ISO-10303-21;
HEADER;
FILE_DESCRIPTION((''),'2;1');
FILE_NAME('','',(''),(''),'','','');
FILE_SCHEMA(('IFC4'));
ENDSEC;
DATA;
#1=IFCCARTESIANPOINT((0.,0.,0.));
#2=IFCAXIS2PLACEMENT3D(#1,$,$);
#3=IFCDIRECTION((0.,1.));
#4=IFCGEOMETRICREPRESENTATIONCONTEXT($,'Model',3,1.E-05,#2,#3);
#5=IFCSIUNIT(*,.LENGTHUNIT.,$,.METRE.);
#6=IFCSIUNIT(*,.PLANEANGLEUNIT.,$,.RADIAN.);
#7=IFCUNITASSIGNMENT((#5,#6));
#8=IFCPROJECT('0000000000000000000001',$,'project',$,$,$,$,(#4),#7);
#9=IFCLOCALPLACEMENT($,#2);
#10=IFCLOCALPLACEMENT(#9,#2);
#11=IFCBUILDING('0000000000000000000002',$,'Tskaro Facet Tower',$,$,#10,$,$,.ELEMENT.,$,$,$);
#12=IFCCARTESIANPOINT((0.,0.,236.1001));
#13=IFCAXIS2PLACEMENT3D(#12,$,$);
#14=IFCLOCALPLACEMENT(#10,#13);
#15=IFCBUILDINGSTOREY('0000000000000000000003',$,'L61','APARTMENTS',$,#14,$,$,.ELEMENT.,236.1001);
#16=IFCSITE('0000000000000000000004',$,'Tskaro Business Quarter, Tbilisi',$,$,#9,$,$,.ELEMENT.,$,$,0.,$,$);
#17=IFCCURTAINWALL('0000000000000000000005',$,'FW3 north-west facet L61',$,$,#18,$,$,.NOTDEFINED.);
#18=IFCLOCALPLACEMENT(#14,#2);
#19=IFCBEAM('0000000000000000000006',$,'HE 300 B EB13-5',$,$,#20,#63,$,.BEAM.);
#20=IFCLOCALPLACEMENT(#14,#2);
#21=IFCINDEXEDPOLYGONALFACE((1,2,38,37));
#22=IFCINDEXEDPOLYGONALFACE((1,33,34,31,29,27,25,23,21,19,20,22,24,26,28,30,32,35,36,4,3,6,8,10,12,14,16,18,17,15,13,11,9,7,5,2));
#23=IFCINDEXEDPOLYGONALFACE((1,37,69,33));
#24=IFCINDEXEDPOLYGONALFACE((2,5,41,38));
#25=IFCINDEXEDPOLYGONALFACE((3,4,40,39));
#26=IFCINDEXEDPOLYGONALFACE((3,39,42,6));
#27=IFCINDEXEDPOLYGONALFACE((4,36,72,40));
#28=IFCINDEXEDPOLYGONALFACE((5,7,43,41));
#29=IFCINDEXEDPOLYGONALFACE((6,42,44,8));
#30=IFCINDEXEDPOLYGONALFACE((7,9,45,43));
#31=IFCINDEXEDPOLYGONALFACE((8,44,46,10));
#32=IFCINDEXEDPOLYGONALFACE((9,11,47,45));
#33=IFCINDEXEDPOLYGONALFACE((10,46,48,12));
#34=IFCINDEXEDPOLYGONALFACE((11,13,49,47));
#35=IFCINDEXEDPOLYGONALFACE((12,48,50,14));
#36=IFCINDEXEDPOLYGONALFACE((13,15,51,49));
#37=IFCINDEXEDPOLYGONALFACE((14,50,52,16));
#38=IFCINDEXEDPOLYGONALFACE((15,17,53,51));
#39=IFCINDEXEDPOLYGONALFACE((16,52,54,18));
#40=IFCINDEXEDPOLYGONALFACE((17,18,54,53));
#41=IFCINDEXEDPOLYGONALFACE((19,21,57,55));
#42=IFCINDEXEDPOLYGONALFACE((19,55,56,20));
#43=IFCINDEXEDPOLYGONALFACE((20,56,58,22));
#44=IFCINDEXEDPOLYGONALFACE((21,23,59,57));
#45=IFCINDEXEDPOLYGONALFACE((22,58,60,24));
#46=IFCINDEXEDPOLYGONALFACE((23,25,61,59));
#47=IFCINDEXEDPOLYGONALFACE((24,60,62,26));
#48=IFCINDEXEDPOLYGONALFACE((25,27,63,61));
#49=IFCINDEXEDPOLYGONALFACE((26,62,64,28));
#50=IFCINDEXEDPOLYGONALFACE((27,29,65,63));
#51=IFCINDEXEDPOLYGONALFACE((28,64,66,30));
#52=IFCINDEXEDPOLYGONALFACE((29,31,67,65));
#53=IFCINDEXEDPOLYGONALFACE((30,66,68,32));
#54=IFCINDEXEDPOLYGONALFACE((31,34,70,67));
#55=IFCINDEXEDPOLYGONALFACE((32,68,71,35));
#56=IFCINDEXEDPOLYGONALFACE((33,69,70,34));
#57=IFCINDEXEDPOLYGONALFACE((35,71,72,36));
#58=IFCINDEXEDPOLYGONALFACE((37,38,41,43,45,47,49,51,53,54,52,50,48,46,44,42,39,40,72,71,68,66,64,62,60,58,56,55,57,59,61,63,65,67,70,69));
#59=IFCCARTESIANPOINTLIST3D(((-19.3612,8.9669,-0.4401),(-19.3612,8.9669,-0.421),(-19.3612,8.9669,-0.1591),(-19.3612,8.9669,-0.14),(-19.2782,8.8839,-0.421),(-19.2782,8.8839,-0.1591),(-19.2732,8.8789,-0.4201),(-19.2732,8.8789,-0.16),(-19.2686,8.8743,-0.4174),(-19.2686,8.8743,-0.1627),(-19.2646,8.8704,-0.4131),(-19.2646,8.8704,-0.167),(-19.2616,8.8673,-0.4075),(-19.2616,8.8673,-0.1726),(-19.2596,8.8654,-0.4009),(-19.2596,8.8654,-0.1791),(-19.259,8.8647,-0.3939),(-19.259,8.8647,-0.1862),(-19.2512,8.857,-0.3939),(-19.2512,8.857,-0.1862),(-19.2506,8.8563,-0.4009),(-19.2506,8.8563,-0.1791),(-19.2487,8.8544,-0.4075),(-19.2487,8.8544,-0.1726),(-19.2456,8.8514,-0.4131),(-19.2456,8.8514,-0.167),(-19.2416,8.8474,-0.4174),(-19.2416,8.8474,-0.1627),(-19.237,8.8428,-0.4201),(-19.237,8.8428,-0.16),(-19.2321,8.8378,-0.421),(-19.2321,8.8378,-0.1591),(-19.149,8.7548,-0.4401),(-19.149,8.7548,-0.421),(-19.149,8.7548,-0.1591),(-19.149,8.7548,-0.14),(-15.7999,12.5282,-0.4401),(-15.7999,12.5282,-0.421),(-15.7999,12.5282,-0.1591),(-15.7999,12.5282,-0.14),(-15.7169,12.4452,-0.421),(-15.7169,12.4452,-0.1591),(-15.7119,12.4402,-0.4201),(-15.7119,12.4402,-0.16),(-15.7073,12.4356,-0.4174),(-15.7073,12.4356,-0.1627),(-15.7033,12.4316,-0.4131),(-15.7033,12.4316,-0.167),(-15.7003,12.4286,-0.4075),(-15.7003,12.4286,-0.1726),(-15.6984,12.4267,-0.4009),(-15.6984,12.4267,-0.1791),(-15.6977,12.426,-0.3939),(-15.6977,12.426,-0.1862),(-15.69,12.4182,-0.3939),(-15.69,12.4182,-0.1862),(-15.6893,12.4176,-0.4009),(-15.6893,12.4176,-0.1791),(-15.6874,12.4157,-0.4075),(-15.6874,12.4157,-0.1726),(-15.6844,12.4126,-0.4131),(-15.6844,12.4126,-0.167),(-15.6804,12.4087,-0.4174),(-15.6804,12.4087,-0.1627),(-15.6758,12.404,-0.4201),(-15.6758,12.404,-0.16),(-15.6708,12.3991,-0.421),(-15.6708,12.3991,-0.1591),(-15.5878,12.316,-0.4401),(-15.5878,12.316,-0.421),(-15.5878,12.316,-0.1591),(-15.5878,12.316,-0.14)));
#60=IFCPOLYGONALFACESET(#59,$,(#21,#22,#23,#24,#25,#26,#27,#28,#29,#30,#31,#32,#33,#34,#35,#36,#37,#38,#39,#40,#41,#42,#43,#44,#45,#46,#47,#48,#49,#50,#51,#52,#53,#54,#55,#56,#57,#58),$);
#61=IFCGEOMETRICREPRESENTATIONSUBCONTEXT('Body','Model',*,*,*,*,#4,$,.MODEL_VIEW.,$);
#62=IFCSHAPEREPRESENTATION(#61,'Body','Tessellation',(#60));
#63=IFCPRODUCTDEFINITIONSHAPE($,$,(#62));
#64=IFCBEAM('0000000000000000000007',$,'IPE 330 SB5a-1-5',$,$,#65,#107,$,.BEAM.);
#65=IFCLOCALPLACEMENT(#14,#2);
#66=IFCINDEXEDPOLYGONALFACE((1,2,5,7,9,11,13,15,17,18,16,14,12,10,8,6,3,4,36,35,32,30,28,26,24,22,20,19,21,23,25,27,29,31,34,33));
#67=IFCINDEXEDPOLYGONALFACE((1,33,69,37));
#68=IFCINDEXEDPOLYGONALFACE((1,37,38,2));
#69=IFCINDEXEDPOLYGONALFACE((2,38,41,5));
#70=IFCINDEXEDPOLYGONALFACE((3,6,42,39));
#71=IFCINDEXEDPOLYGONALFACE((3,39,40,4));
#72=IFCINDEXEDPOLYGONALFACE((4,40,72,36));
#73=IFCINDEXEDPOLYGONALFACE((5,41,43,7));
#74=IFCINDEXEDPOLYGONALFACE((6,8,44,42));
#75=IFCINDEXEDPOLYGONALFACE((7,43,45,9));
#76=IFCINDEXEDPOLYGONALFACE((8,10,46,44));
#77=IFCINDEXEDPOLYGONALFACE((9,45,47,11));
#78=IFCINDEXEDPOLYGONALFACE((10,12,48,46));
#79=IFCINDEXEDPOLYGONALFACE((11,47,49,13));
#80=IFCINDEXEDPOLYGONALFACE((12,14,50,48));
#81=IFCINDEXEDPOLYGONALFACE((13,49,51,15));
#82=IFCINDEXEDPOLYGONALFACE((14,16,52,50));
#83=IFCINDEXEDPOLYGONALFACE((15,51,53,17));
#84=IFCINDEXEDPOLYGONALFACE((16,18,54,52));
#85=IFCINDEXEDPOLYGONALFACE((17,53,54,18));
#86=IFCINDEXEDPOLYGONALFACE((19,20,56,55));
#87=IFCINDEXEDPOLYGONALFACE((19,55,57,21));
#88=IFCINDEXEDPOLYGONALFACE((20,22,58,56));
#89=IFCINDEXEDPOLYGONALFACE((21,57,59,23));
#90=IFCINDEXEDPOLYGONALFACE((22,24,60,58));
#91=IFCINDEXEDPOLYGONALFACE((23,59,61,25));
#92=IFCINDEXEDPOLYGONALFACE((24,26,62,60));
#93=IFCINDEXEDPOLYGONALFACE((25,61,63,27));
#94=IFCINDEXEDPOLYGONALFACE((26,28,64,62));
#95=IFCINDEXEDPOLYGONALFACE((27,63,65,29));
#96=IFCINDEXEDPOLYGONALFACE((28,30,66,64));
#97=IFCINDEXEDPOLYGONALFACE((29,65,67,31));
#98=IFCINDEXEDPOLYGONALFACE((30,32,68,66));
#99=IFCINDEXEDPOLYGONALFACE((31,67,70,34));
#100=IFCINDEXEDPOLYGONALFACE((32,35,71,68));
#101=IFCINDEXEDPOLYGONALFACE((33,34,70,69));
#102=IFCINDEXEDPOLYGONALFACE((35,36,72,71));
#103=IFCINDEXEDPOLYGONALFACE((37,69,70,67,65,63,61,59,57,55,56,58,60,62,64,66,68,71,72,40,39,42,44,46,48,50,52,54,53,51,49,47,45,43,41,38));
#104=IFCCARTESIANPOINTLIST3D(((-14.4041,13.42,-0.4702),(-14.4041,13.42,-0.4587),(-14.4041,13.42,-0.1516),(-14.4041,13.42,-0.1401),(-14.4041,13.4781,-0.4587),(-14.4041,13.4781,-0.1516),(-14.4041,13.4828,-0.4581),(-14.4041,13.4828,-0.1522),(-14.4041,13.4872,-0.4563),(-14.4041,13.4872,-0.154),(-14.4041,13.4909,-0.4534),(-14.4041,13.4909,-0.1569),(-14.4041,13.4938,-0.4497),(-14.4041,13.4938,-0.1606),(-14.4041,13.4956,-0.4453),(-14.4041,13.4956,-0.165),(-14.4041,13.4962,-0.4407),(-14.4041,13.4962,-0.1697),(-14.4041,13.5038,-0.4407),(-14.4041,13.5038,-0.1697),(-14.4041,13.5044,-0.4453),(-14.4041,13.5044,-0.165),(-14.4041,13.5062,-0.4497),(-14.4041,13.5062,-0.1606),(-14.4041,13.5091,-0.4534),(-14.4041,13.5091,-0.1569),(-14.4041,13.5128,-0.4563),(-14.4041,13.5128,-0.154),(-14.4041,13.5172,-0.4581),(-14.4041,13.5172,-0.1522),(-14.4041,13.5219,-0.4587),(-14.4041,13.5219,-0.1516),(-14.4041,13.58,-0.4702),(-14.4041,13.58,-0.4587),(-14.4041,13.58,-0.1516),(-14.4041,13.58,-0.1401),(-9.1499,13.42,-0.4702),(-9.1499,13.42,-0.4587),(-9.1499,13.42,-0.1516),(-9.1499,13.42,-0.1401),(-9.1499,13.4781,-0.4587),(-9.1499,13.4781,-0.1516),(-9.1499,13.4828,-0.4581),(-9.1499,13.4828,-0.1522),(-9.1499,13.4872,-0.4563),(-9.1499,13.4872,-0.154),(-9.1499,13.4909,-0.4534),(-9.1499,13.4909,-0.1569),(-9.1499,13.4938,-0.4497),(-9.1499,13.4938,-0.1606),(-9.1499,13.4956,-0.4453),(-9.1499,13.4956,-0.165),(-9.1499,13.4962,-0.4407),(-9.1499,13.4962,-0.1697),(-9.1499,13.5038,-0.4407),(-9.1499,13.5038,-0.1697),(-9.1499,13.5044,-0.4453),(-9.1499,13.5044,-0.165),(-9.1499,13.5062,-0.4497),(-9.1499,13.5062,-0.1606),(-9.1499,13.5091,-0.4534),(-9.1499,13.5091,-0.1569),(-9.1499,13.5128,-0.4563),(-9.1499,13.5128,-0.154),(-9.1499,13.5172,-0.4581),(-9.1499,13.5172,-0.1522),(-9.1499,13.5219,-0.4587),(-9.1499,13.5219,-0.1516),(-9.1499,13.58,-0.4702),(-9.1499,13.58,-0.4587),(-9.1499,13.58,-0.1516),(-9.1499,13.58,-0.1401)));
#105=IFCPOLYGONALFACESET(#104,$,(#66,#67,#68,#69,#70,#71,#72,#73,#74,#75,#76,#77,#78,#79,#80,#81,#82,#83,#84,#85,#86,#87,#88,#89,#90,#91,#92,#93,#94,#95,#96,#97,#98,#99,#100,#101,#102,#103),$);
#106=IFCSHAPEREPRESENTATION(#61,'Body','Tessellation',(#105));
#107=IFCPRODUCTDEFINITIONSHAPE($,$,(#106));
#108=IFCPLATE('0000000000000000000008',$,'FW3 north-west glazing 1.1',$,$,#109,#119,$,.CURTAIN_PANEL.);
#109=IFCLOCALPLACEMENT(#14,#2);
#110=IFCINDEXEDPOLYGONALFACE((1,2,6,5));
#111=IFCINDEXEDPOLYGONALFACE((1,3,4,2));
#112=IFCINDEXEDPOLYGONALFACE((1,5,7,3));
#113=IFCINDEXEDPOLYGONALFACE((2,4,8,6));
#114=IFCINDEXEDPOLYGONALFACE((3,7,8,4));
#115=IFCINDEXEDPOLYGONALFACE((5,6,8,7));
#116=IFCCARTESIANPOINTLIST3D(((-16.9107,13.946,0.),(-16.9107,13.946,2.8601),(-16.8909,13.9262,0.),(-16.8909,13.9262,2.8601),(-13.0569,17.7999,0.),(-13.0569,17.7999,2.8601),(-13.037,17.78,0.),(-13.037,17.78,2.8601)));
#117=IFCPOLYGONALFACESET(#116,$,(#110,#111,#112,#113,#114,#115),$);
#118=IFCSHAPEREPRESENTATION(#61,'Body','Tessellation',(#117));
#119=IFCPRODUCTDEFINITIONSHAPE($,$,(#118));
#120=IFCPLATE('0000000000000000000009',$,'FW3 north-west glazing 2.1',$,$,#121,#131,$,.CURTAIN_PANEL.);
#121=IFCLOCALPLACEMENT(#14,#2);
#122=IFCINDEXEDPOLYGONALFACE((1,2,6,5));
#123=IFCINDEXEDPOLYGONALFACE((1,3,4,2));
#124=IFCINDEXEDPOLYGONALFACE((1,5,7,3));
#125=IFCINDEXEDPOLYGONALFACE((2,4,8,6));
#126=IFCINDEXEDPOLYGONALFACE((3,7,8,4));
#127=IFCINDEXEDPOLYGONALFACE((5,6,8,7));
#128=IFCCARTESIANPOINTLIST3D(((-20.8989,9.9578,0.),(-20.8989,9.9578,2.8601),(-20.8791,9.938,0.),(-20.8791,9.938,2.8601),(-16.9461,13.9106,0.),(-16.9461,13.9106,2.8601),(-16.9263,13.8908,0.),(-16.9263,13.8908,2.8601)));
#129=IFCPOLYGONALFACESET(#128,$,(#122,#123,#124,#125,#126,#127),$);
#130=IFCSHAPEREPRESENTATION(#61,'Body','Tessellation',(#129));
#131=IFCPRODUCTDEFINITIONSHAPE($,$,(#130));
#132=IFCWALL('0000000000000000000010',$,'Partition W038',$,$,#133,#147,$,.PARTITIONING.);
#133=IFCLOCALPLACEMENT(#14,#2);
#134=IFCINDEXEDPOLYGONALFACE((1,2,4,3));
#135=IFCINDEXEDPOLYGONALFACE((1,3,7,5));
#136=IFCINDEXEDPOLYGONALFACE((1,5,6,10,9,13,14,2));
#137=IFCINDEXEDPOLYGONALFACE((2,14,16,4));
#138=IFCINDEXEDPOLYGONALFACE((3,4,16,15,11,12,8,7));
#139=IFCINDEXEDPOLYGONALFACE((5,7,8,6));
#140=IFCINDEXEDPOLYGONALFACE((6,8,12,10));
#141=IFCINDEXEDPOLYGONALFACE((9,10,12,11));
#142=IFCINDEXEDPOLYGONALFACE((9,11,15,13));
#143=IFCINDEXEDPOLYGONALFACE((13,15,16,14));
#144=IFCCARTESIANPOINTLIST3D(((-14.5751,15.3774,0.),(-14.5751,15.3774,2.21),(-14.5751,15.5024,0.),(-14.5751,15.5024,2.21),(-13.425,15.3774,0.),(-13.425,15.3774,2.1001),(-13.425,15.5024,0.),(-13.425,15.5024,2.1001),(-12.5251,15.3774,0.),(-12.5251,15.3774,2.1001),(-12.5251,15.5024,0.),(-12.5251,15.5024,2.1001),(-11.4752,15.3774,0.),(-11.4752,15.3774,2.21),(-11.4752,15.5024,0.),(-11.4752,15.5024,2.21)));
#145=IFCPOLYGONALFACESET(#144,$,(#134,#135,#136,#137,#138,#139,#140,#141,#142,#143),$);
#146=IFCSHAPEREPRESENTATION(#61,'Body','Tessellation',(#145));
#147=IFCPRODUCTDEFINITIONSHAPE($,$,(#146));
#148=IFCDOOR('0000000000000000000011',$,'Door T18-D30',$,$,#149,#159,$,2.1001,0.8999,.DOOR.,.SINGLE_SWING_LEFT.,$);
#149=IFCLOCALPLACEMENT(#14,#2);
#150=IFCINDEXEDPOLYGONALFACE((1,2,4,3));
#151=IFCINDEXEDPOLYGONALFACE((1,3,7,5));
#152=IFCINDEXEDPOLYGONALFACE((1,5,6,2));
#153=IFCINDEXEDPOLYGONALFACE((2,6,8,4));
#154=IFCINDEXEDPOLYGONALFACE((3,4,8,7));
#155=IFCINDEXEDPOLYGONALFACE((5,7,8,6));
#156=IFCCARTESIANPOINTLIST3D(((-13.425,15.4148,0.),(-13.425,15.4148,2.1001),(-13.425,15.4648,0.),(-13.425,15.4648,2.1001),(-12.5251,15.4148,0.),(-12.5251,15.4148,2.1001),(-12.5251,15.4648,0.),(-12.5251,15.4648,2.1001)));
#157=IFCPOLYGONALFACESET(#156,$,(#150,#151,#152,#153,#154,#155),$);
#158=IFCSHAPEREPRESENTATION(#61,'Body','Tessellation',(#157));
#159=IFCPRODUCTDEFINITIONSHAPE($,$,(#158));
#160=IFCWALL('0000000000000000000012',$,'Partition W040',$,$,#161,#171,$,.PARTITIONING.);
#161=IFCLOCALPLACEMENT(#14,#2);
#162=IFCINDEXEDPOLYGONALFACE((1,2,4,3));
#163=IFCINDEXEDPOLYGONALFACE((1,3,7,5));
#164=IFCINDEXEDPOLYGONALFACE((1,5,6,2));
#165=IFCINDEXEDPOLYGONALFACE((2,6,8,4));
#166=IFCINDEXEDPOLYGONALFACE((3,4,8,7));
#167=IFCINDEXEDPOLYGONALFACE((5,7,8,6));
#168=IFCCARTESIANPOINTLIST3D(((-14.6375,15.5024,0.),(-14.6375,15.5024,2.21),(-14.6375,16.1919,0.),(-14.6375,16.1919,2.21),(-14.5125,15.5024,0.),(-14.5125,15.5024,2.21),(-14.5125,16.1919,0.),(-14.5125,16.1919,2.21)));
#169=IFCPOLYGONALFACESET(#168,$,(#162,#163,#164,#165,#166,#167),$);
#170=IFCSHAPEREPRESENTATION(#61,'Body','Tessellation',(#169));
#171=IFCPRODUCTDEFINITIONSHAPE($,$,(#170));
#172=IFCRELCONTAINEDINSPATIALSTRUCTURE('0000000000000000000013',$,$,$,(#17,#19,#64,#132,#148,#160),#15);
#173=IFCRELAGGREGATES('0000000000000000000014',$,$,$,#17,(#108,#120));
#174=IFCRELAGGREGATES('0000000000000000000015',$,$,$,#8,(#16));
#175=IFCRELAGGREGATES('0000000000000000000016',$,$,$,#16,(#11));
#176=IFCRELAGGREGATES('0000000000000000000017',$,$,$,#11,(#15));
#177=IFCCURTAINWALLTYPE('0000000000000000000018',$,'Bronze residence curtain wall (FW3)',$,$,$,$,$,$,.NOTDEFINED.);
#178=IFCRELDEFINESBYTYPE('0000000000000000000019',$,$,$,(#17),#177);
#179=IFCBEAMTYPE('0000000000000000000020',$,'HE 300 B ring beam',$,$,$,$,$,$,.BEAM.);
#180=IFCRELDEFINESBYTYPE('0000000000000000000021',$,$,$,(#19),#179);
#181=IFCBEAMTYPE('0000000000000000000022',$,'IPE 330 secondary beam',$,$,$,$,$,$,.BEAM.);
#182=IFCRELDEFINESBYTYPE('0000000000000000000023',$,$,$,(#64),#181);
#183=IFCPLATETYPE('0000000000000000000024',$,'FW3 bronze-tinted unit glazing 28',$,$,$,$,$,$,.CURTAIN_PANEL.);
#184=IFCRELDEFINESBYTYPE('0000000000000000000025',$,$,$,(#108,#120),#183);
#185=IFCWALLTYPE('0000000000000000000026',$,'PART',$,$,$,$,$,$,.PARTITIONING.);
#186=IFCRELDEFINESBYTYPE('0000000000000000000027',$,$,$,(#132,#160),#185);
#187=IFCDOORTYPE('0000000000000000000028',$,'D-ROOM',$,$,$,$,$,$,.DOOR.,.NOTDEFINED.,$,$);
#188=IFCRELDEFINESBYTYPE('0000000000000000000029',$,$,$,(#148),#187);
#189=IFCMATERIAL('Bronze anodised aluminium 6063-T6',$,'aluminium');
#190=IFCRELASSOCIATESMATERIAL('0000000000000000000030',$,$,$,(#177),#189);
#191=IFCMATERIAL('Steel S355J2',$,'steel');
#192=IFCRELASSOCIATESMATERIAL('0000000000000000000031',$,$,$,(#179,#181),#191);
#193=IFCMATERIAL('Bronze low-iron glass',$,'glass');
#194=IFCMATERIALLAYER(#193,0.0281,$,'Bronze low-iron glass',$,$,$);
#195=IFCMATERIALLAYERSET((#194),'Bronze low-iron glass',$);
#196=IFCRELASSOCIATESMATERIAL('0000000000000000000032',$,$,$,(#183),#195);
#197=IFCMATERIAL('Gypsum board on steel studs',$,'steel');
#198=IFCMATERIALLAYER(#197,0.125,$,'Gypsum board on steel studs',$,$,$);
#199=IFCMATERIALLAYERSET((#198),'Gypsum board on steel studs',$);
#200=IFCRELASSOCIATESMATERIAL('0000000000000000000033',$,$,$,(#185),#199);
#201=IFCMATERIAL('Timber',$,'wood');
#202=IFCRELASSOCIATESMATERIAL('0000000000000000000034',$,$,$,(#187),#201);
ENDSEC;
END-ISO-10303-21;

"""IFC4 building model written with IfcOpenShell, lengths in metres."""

from ifc_helpers import new_model, si_unit, direction, frame, frame_2d, origin, origin_2d, place, context, subcontext, project, spatial, rectangle, i_section, extrude, material, layer, layer_set, material_profile, profile_set, type_object, element, fill, aggregate, save


model = new_model("IFC4")

# Units and contexts
model_context = context("Model", 3, precision=1e-05, world=origin(), true_north=direction((0.0, 1.0)))
body_context = subcontext(model_context, "Body", "Model", "MODEL_VIEW")
ifc_project = project(units=[si_unit("LENGTHUNIT", "METRE"), si_unit("PLANEANGLEUNIT", "RADIAN")], contexts=[model_context])

# Site, building, storey
site_placement = place(None, origin())
site = spatial("IfcSite", under=ifc_project, at=site_placement, Name="Tskaro Business Quarter, Tbilisi", CompositionType="ELEMENT", RefElevation=0.0)
building_placement = place(site_placement, origin())
building = spatial("IfcBuilding", under=site, at=building_placement, Name="Tskaro Facet Tower", CompositionType="ELEMENT")
storey_placement = place(building_placement, frame((0.0, 0.0, 236.1001)))
storey = spatial("IfcBuildingStorey", under=building, at=storey_placement, Name="L61", Description="APARTMENTS", CompositionType="ELEMENT", Elevation=236.1001)

# Shared definitions
ifc_material_1 = material(Name="Steel S355J2", Category="steel")

# Curtain wall
ifc_material_2 = material(Name="Bronze anodised aluminium 6063-T6", Category="aluminium")
curtain_wall_type = type_object("IfcCurtainWallType", Name="Bronze residence curtain wall (FW3)", PredefinedType="NOTDEFINED", material=ifc_material_2)
curtain_wall_1_placement = place(storey_placement, origin())
curtain_wall_1 = element("IfcCurtainWall", 1, at=curtain_wall_1_placement, inside=storey, type_object=curtain_wall_type, Name="FW3 north-west facet L61", PredefinedType="NOTDEFINED")

# Beams
ifc_material_profile_1 = material_profile(ifc_material_1, i_section(OverallWidth=0.3, OverallDepth=0.3, WebThickness=0.011, FlangeThickness=0.019, FilletRadius=0.0271, at=origin_2d()), Name="HE 300 B")
ifc_profile_set_1 = profile_set([ifc_material_profile_1], Name="Steel S355J2")
beam_type_1 = type_object("IfcBeamType", Name="HE 300 B ring beam", PredefinedType="BEAM", material=ifc_profile_set_1)
for number, where, z_axis, x_axis, name in (
    (2, (-15.6938, 12.4221, -0.29), (-0.707107, -0.707107, 0.0), (0.707107, -0.707107, 0.0), "HE 300 B EB13-5"),
):
    element("IfcBeam", number, at=place(storey_placement, frame(where, z_axis=z_axis, x_axis=x_axis)), inside=storey, type_object=beam_type_1, Name=name, PredefinedType="BEAM", context=body_context, shape_type="SweptSolid", body=[
        extrude(i_section(OverallWidth=0.3, OverallDepth=0.3, WebThickness=0.011, FlangeThickness=0.019, FilletRadius=0.0271, at=origin_2d()), origin(), (0.0, 0.0, 1.0), 5.0364),
    ])
ifc_material_profile_2 = material_profile(ifc_material_1, i_section(OverallWidth=0.1599, OverallDepth=0.3301, WebThickness=0.0076, FlangeThickness=0.0115, FilletRadius=0.0181, at=origin_2d()), Name="IPE 330")
ifc_profile_set_2 = profile_set([ifc_material_profile_2], Name="Steel S355J2")
beam_type_2 = type_object("IfcBeamType", Name="IPE 330 secondary beam", PredefinedType="BEAM", material=ifc_profile_set_2)
beam_placement = place(storey_placement, frame((-14.4041, 13.5, -0.3052), z_axis=(1.0, 0.0, 0.0), x_axis=(0.0, 1.0, 0.0)))
element("IfcBeam", 3, at=beam_placement, inside=storey, type_object=beam_type_2, Name="IPE 330 SB5a-1-5", PredefinedType="BEAM", context=body_context, shape_type="SweptSolid", body=[
    extrude(i_section(OverallWidth=0.1599, OverallDepth=0.3301, WebThickness=0.0076, FlangeThickness=0.0115, FilletRadius=0.0181, at=origin_2d()), origin(), (0.0, 0.0, 1.0), 5.2542),
])

# Plates
ifc_material_3 = material(Name="Bronze low-iron glass", Category="glass")
ifc_layer_1 = layer(ifc_material_3, 0.0281, Name="Bronze low-iron glass")
ifc_layer_set_1 = layer_set([ifc_layer_1], Name="Bronze low-iron glass")
plate_type = type_object("IfcPlateType", Name="FW3 bronze-tinted unit glazing 28", PredefinedType="CURTAIN_PANEL", material=ifc_layer_set_1)
plate_1_placement = place(storey_placement, frame((-14.9739, 15.863, 0.0), z_axis=(0.0, 0.0, 1.0), x_axis=(-0.707107, -0.707107, 0.0)))
plate_1 = element("IfcPlate", 4, at=plate_1_placement, type_object=plate_type, Name="FW3 north-west glazing 1.1", PredefinedType="CURTAIN_PANEL", context=body_context, shape_type="SweptSolid", body=[
    extrude(rectangle(XDim=5.4502, YDim=0.0281, at=origin_2d()), origin(), (0.0, 0.0, 1.0), 2.8601),
])
plate_2_placement = place(storey_placement, frame((-18.9126, 11.9243, 0.0), z_axis=(0.0, 0.0, 1.0), x_axis=(-0.707107, -0.707107, 0.0)))
plate_2 = element("IfcPlate", 5, at=plate_2_placement, type_object=plate_type, Name="FW3 north-west glazing 2.1", PredefinedType="CURTAIN_PANEL", context=body_context, shape_type="SweptSolid", body=[
    extrude(rectangle(XDim=5.5901, YDim=0.0281, at=origin_2d()), origin(), (0.0, 0.0, 1.0), 2.8601),
])
aggregate(curtain_wall_1, [plate_1, plate_2])

# Wall, opening, door
ifc_material_4 = material(Name="Gypsum board on steel studs", Category="steel")
ifc_layer_2 = layer(ifc_material_4, 0.125, Name="Gypsum board on steel studs")
ifc_layer_set_2 = layer_set([ifc_layer_2], Name="Gypsum board on steel studs")
wall_type = type_object("IfcWallType", Name="PART", PredefinedType="PARTITIONING", material=ifc_layer_set_2)
wall_1_placement = place(storey_placement, frame((-14.575, 15.4399, 0.0), z_axis=(0.0, 0.0, 1.0), x_axis=(1.0, 0.0, 0.0)))
wall_1 = element("IfcWall", 6, at=wall_1_placement, inside=storey, type_object=wall_type, Name="Partition W038", PredefinedType="PARTITIONING", context=body_context, shape_type="SweptSolid", body=[
    extrude(rectangle(XDim=3.0999, YDim=0.125, at=frame_2d((1.5498, 0.0))), origin(), (0.0, 0.0, 1.0), 2.21),
])
opening_placement = place(wall_1_placement, frame((1.1499, 0.0, 0.0)))
opening = element("IfcOpeningElement", 7, at=opening_placement, cuts=wall_1, PredefinedType="OPENING", context=body_context, shape_type="SweptSolid", body=[
    extrude(rectangle(XDim=0.8999, YDim=2.1001, at=frame_2d((0.45, 1.05))), frame((0.0, 0.0725, 0.0), z_axis=(0.0, -1.0, 0.0), x_axis=(1.0, 0.0, 0.0)), (0.0, 0.0, 1.0), 0.145),
])
ifc_material_5 = material(Name="Timber", Category="wood")
door_type = type_object("IfcDoorType", Name="D-ROOM", OperationType="NOTDEFINED", PredefinedType="DOOR", material=ifc_material_5)
door_placement = place(opening_placement, origin())
door = element("IfcDoor", 8, at=door_placement, inside=storey, type_object=door_type, Name="Door T18-D30", OperationType="SINGLE_SWING_LEFT", OverallHeight=2.1001, OverallWidth=0.8999, PredefinedType="DOOR", context=body_context, shape_type="SweptSolid", body=[
    extrude(rectangle(XDim=0.8999, YDim=2.1001, at=frame_2d((0.45, 1.05))), frame((0.0, 0.0249, 0.0), z_axis=(0.0, -1.0, 0.0), x_axis=(1.0, 0.0, 0.0)), (0.0, 0.0, 1.0), 0.05),
])
fill(opening, door)

# Wall
wall_2_placement = place(storey_placement, frame((-14.575, 15.5024, 0.0), z_axis=(0.0, 0.0, 1.0), x_axis=(0.0, 1.0, 0.0)))
element("IfcWall", 9, at=wall_2_placement, inside=storey, type_object=wall_type, Name="Partition W040", PredefinedType="PARTITIONING", context=body_context, shape_type="SweptSolid", body=[
    extrude(rectangle(XDim=0.6895, YDim=0.125, at=frame_2d((0.3447, 0.0))), origin(), (0.0, 0.0, 1.0), 2.21),
])

save(model, "model.ifc")
